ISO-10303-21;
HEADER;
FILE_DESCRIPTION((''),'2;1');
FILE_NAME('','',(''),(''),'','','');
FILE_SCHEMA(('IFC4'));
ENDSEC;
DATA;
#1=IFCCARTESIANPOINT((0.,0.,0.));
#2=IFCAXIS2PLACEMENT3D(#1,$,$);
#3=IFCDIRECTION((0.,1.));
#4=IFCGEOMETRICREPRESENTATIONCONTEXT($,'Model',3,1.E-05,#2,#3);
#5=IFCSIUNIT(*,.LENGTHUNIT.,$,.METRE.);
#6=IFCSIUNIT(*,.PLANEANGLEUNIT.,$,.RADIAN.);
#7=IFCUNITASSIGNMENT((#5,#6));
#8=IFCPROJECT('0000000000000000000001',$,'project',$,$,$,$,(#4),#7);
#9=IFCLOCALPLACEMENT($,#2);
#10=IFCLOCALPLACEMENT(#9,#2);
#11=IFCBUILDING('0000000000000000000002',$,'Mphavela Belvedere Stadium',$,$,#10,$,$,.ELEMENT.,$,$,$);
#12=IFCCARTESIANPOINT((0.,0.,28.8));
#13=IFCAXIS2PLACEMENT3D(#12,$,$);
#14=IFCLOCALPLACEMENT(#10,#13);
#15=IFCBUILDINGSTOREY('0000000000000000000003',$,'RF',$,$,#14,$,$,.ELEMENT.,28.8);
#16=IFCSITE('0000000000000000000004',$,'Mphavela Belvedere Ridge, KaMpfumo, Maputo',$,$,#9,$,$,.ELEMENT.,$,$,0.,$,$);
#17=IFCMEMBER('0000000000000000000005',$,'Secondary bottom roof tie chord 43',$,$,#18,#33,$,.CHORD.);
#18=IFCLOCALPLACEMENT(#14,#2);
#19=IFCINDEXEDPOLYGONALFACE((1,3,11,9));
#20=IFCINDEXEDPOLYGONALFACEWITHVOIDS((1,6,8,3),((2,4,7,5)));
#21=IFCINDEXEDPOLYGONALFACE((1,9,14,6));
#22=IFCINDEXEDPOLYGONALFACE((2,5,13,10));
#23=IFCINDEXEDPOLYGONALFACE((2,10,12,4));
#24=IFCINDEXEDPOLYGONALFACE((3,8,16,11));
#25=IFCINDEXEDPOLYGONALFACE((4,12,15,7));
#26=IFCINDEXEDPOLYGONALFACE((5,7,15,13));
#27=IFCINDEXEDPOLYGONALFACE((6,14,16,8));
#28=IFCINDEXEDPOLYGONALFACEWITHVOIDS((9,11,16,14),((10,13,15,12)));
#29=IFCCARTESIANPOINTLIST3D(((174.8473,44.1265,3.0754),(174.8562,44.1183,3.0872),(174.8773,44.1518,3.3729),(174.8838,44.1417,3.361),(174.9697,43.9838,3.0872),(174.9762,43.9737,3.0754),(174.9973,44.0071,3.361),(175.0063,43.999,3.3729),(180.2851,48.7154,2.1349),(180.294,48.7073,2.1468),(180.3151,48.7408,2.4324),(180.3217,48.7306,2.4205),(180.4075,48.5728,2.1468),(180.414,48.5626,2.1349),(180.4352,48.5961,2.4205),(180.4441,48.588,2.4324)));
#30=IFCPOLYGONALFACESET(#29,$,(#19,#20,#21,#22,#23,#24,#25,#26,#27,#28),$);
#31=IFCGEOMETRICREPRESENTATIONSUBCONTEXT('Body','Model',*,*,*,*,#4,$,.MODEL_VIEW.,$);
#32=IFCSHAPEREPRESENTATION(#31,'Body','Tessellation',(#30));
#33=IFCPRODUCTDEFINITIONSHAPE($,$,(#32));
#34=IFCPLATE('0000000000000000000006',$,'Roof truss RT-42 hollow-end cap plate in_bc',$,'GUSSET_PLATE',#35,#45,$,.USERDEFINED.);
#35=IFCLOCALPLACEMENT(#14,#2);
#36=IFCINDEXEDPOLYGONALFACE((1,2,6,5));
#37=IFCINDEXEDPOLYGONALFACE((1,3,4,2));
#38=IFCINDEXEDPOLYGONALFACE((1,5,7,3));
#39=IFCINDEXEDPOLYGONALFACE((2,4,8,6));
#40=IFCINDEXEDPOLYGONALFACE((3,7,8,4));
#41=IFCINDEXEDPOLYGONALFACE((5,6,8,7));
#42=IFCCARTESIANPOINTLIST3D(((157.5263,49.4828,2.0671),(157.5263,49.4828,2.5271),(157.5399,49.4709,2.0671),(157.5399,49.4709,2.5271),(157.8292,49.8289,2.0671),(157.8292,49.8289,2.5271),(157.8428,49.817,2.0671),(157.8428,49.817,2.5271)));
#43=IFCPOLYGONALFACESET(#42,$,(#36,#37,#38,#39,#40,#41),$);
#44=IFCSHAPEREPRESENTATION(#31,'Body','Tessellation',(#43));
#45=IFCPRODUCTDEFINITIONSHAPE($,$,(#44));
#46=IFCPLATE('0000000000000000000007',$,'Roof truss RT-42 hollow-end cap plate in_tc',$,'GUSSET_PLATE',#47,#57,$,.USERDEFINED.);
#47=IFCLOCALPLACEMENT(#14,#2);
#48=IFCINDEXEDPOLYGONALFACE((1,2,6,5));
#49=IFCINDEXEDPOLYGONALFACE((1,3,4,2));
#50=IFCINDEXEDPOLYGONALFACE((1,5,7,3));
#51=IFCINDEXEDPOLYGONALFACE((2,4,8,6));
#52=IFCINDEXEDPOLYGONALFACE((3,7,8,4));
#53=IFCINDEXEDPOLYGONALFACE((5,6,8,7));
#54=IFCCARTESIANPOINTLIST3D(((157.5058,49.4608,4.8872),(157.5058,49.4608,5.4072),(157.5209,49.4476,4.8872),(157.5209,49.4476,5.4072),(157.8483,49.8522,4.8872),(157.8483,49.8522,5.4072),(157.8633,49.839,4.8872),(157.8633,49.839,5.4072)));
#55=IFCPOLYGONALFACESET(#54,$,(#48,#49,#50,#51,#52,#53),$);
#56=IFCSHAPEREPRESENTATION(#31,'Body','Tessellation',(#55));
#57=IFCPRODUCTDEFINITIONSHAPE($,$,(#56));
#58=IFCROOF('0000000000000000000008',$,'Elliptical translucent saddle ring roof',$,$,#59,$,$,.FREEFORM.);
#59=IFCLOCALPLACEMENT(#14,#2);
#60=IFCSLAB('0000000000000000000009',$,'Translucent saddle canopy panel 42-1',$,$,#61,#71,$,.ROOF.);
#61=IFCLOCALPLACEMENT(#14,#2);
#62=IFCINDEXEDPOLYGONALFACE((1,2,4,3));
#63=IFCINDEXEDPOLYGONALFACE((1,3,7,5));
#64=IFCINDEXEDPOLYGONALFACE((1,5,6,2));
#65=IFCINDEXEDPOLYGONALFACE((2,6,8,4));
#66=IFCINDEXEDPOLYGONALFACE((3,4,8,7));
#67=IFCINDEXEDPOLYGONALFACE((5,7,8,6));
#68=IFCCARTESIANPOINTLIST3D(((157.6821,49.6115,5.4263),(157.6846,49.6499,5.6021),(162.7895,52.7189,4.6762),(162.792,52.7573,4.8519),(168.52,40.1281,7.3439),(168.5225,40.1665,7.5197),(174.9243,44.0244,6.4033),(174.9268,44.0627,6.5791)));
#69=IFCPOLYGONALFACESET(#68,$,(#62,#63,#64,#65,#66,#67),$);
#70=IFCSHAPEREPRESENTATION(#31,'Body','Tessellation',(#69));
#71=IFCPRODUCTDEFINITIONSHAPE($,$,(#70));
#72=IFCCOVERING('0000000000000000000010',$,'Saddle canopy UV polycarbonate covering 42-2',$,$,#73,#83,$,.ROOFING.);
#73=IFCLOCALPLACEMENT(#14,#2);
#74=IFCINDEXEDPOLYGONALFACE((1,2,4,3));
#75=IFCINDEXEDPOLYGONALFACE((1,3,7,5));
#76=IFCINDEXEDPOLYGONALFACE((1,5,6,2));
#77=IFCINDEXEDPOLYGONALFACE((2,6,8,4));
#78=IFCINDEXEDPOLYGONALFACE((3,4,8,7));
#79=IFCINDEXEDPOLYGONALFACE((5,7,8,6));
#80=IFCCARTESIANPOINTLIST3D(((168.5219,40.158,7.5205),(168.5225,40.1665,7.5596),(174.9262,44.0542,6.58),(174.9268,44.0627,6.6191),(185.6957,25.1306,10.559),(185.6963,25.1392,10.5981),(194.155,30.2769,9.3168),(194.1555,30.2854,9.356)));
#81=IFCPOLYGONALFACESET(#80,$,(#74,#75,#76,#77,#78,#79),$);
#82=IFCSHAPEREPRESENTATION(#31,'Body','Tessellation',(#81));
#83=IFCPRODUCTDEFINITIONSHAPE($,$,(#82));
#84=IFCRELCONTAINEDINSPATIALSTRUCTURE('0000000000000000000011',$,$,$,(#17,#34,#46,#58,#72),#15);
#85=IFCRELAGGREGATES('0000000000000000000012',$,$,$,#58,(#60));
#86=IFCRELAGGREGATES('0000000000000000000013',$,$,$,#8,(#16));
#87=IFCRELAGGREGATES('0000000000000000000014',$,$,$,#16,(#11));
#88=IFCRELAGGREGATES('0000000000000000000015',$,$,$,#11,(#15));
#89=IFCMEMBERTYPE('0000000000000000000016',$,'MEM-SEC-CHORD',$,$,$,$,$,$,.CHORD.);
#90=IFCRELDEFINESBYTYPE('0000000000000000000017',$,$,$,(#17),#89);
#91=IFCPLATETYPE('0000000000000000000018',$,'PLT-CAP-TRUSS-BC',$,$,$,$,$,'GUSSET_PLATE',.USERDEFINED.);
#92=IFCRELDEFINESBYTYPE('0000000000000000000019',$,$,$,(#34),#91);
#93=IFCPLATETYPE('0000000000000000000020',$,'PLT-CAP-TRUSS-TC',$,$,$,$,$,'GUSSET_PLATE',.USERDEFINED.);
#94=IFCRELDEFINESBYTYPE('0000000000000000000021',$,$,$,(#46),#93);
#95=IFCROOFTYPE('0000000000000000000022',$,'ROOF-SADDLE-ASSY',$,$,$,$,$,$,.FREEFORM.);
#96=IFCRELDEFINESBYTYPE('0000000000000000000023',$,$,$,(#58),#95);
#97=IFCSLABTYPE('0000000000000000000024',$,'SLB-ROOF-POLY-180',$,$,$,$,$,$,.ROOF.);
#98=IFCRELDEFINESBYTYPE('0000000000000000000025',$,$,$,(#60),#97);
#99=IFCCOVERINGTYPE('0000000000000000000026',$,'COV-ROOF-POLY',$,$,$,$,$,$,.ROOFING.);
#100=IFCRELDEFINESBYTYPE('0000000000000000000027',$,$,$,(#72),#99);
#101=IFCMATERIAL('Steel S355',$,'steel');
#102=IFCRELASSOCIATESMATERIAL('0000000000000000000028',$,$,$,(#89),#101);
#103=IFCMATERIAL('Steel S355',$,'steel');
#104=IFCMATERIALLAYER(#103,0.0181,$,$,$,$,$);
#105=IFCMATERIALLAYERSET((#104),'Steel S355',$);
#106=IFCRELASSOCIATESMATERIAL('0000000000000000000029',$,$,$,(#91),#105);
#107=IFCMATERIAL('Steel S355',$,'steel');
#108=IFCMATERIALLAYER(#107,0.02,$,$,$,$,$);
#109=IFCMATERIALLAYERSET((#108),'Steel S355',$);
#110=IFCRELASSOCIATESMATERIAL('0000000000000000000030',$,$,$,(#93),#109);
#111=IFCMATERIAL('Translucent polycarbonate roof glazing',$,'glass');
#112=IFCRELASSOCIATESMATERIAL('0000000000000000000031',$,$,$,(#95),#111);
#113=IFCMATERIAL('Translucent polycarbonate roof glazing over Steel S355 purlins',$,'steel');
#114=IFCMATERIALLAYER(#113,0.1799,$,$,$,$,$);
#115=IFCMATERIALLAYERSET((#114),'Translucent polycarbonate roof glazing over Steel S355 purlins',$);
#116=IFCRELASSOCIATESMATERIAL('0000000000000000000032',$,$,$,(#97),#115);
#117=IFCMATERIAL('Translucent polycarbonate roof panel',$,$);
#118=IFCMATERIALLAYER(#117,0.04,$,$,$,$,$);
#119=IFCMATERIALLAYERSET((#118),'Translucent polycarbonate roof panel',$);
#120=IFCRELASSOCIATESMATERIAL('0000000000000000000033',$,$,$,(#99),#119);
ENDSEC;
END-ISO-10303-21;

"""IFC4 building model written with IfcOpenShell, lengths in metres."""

from ifc_helpers import new_model, si_unit, direction, frame, origin, origin_2d, place, context, subcontext, project, spatial, polyline, rectangle, hollow_rectangle, outline, extrude, material, layer, layer_set, material_profile, profile_set, type_object, element, aggregate, save


model = new_model("IFC4")

# Units and contexts
model_context = context("Model", 3, precision=1e-05, world=origin(), true_north=direction((0.0, 1.0)))
body_context = subcontext(model_context, "Body", "Model", "MODEL_VIEW")
ifc_project = project(units=[si_unit("LENGTHUNIT", "METRE"), si_unit("PLANEANGLEUNIT", "RADIAN")], contexts=[model_context])

# Site, building, storey
site_placement = place(None, origin())
site = spatial("IfcSite", under=ifc_project, at=site_placement, Name="Mphavela Belvedere Ridge, KaMpfumo, Maputo", CompositionType="ELEMENT", RefElevation=0.0)
building_placement = place(site_placement, origin())
building = spatial("IfcBuilding", under=site, at=building_placement, Name="Mphavela Belvedere Stadium", CompositionType="ELEMENT")
storey_placement = place(building_placement, frame((0.0, 0.0, 28.8)))
storey = spatial("IfcBuildingStorey", under=building, at=storey_placement, Name="RF", CompositionType="ELEMENT", Elevation=28.8)

# Member
ifc_material_1 = material(Name="Steel S355", Category="steel")
ifc_material_profile_1 = material_profile(ifc_material_1, hollow_rectangle(XDim=0.2, YDim=0.3, WallThickness=0.012, at=origin_2d()), Name="RHS 300x200x12")
ifc_profile_set_1 = profile_set([ifc_material_profile_1], Name="Steel S355")
member_type_1 = type_object("IfcMemberType", Name="MEM-SEC-CHORD", PredefinedType="CHORD", material=ifc_profile_set_1)
member_1_placement = place(storey_placement, frame((174.9268, 44.0627, 3.2241), z_axis=(0.757649, 0.639374, -0.131031), x_axis=(-0.644934, 0.764238, 0.0)))
element("IfcMember", 1, at=member_1_placement, inside=storey, type_object=member_type_1, Name="Secondary bottom roof tie chord 43", PredefinedType="CHORD", context=body_context, shape_type="SweptSolid", body=[
    extrude(hollow_rectangle(XDim=0.2, YDim=0.3, WallThickness=0.012, at=origin_2d()), origin(), (0.0, 0.0, 1.0), 7.1772),
])

# Plates
ifc_material_2 = material(Name="Steel S355", Category="steel")
ifc_layer_1 = layer(ifc_material_2, 0.0181)
ifc_layer_set_1 = layer_set([ifc_layer_1], Name="Steel S355")
plate_type_1 = type_object("IfcPlateType", Name="PLT-CAP-TRUSS-BC", ElementType="GUSSET_PLATE", PredefinedType="USERDEFINED", material=ifc_layer_set_1)
plate_1_placement = place(storey_placement, frame((157.6846, 49.6499, 2.0671), z_axis=(0.0, 0.0, 1.0), x_axis=(0.75253, -0.658558, 0.0)))
element("IfcPlate", 2, at=plate_1_placement, inside=storey, type_object=plate_type_1, Name="Roof truss RT-42 hollow-end cap plate in_bc", ObjectType="GUSSET_PLATE", PredefinedType="USERDEFINED", context=body_context, shape_type="SweptSolid", body=[
    extrude(rectangle(XDim=0.0181, YDim=0.46, at=origin_2d()), origin(), (0.0, 0.0, 1.0), 0.46),
])
ifc_material_3 = material(Name="Steel S355", Category="steel")
ifc_layer_2 = layer(ifc_material_3, 0.02)
ifc_layer_set_2 = layer_set([ifc_layer_2], Name="Steel S355")
plate_type_2 = type_object("IfcPlateType", Name="PLT-CAP-TRUSS-TC", ElementType="GUSSET_PLATE", PredefinedType="USERDEFINED", material=ifc_layer_set_2)
plate_2_placement = place(storey_placement, frame((157.6846, 49.6499, 4.8872), z_axis=(0.0, 0.0, 1.0), x_axis=(0.75253, -0.658558, 0.0)))
element("IfcPlate", 3, at=plate_2_placement, inside=storey, type_object=plate_type_2, Name="Roof truss RT-42 hollow-end cap plate in_tc", ObjectType="GUSSET_PLATE", PredefinedType="USERDEFINED", context=body_context, shape_type="SweptSolid", body=[
    extrude(rectangle(XDim=0.02, YDim=0.52, at=origin_2d()), origin(), (0.0, 0.0, 1.0), 0.52),
])

# Roof, slab
ifc_material_4 = material(Name="Translucent polycarbonate roof glazing", Category="glass")
roof_type = type_object("IfcRoofType", Name="ROOF-SADDLE-ASSY", PredefinedType="FREEFORM", material=ifc_material_4)
roof_placement = place(storey_placement, origin())
roof = element("IfcRoof", 4, at=roof_placement, inside=storey, type_object=roof_type, Name="Elliptical translucent saddle ring roof", PredefinedType="FREEFORM")
ifc_material_5 = material(Name="Translucent polycarbonate roof glazing over Steel S355 purlins", Category="steel")
ifc_layer_3 = layer(ifc_material_5, 0.1799)
ifc_layer_set_3 = layer_set([ifc_layer_3], Name="Translucent polycarbonate roof glazing over Steel S355 purlins")
slab_type = type_object("IfcSlabType", Name="SLB-ROOF-POLY-180", PredefinedType="ROOF", material=ifc_layer_set_3)
slab_1_placement = place(storey_placement, frame((157.6846, 49.6499, 5.6021), z_axis=(0.01374, 0.213239, 0.976904), x_axis=(0.847661, 0.515724, -0.124495)))
slab_1 = element("IfcSlab", 5, at=slab_1_placement, type_object=slab_type, Name="Translucent saddle canopy panel 42-1", PredefinedType="ROOF", context=body_context, shape_type="SweptSolid", body=[
    extrude(outline(polyline([(0.0, 0.0), (6.0253, 0.0), (11.6125, -13.9504), (4.0573, -13.9503), (0.0, 0.0)])), origin(), (0.0, 0.0, -1.0), 0.1799),
])
aggregate(roof, [slab_1])

# Covering
ifc_material_6 = material(Name="Translucent polycarbonate roof panel")
ifc_layer_4 = layer(ifc_material_6, 0.04)
ifc_layer_set_4 = layer_set([ifc_layer_4], Name="Translucent polycarbonate roof panel")
covering_type = type_object("IfcCoveringType", Name="COV-ROOF-POLY", PredefinedType="ROOFING", material=ifc_layer_set_4)
covering_1_placement = place(storey_placement, frame((168.5225, 40.1665, 7.5596), z_axis=(0.013733, 0.213226, 0.976906), x_axis=(0.847674, 0.515707, -0.124478)))
element("IfcCovering", 6, at=covering_1_placement, inside=storey, type_object=covering_type, Name="Saddle canopy UV polycarbonate covering 42-2", PredefinedType="ROOFING", context=body_context, shape_type="SweptSolid", body=[
    extrude(outline(polyline([(0.0, 0.0), (7.5551, 0.0), (16.4091, -22.1056), (6.4299, -22.1055), (0.0, 0.0)])), origin(), (0.0, 0.0, -1.0), 0.04),
])

save(model, "model.ifc")
